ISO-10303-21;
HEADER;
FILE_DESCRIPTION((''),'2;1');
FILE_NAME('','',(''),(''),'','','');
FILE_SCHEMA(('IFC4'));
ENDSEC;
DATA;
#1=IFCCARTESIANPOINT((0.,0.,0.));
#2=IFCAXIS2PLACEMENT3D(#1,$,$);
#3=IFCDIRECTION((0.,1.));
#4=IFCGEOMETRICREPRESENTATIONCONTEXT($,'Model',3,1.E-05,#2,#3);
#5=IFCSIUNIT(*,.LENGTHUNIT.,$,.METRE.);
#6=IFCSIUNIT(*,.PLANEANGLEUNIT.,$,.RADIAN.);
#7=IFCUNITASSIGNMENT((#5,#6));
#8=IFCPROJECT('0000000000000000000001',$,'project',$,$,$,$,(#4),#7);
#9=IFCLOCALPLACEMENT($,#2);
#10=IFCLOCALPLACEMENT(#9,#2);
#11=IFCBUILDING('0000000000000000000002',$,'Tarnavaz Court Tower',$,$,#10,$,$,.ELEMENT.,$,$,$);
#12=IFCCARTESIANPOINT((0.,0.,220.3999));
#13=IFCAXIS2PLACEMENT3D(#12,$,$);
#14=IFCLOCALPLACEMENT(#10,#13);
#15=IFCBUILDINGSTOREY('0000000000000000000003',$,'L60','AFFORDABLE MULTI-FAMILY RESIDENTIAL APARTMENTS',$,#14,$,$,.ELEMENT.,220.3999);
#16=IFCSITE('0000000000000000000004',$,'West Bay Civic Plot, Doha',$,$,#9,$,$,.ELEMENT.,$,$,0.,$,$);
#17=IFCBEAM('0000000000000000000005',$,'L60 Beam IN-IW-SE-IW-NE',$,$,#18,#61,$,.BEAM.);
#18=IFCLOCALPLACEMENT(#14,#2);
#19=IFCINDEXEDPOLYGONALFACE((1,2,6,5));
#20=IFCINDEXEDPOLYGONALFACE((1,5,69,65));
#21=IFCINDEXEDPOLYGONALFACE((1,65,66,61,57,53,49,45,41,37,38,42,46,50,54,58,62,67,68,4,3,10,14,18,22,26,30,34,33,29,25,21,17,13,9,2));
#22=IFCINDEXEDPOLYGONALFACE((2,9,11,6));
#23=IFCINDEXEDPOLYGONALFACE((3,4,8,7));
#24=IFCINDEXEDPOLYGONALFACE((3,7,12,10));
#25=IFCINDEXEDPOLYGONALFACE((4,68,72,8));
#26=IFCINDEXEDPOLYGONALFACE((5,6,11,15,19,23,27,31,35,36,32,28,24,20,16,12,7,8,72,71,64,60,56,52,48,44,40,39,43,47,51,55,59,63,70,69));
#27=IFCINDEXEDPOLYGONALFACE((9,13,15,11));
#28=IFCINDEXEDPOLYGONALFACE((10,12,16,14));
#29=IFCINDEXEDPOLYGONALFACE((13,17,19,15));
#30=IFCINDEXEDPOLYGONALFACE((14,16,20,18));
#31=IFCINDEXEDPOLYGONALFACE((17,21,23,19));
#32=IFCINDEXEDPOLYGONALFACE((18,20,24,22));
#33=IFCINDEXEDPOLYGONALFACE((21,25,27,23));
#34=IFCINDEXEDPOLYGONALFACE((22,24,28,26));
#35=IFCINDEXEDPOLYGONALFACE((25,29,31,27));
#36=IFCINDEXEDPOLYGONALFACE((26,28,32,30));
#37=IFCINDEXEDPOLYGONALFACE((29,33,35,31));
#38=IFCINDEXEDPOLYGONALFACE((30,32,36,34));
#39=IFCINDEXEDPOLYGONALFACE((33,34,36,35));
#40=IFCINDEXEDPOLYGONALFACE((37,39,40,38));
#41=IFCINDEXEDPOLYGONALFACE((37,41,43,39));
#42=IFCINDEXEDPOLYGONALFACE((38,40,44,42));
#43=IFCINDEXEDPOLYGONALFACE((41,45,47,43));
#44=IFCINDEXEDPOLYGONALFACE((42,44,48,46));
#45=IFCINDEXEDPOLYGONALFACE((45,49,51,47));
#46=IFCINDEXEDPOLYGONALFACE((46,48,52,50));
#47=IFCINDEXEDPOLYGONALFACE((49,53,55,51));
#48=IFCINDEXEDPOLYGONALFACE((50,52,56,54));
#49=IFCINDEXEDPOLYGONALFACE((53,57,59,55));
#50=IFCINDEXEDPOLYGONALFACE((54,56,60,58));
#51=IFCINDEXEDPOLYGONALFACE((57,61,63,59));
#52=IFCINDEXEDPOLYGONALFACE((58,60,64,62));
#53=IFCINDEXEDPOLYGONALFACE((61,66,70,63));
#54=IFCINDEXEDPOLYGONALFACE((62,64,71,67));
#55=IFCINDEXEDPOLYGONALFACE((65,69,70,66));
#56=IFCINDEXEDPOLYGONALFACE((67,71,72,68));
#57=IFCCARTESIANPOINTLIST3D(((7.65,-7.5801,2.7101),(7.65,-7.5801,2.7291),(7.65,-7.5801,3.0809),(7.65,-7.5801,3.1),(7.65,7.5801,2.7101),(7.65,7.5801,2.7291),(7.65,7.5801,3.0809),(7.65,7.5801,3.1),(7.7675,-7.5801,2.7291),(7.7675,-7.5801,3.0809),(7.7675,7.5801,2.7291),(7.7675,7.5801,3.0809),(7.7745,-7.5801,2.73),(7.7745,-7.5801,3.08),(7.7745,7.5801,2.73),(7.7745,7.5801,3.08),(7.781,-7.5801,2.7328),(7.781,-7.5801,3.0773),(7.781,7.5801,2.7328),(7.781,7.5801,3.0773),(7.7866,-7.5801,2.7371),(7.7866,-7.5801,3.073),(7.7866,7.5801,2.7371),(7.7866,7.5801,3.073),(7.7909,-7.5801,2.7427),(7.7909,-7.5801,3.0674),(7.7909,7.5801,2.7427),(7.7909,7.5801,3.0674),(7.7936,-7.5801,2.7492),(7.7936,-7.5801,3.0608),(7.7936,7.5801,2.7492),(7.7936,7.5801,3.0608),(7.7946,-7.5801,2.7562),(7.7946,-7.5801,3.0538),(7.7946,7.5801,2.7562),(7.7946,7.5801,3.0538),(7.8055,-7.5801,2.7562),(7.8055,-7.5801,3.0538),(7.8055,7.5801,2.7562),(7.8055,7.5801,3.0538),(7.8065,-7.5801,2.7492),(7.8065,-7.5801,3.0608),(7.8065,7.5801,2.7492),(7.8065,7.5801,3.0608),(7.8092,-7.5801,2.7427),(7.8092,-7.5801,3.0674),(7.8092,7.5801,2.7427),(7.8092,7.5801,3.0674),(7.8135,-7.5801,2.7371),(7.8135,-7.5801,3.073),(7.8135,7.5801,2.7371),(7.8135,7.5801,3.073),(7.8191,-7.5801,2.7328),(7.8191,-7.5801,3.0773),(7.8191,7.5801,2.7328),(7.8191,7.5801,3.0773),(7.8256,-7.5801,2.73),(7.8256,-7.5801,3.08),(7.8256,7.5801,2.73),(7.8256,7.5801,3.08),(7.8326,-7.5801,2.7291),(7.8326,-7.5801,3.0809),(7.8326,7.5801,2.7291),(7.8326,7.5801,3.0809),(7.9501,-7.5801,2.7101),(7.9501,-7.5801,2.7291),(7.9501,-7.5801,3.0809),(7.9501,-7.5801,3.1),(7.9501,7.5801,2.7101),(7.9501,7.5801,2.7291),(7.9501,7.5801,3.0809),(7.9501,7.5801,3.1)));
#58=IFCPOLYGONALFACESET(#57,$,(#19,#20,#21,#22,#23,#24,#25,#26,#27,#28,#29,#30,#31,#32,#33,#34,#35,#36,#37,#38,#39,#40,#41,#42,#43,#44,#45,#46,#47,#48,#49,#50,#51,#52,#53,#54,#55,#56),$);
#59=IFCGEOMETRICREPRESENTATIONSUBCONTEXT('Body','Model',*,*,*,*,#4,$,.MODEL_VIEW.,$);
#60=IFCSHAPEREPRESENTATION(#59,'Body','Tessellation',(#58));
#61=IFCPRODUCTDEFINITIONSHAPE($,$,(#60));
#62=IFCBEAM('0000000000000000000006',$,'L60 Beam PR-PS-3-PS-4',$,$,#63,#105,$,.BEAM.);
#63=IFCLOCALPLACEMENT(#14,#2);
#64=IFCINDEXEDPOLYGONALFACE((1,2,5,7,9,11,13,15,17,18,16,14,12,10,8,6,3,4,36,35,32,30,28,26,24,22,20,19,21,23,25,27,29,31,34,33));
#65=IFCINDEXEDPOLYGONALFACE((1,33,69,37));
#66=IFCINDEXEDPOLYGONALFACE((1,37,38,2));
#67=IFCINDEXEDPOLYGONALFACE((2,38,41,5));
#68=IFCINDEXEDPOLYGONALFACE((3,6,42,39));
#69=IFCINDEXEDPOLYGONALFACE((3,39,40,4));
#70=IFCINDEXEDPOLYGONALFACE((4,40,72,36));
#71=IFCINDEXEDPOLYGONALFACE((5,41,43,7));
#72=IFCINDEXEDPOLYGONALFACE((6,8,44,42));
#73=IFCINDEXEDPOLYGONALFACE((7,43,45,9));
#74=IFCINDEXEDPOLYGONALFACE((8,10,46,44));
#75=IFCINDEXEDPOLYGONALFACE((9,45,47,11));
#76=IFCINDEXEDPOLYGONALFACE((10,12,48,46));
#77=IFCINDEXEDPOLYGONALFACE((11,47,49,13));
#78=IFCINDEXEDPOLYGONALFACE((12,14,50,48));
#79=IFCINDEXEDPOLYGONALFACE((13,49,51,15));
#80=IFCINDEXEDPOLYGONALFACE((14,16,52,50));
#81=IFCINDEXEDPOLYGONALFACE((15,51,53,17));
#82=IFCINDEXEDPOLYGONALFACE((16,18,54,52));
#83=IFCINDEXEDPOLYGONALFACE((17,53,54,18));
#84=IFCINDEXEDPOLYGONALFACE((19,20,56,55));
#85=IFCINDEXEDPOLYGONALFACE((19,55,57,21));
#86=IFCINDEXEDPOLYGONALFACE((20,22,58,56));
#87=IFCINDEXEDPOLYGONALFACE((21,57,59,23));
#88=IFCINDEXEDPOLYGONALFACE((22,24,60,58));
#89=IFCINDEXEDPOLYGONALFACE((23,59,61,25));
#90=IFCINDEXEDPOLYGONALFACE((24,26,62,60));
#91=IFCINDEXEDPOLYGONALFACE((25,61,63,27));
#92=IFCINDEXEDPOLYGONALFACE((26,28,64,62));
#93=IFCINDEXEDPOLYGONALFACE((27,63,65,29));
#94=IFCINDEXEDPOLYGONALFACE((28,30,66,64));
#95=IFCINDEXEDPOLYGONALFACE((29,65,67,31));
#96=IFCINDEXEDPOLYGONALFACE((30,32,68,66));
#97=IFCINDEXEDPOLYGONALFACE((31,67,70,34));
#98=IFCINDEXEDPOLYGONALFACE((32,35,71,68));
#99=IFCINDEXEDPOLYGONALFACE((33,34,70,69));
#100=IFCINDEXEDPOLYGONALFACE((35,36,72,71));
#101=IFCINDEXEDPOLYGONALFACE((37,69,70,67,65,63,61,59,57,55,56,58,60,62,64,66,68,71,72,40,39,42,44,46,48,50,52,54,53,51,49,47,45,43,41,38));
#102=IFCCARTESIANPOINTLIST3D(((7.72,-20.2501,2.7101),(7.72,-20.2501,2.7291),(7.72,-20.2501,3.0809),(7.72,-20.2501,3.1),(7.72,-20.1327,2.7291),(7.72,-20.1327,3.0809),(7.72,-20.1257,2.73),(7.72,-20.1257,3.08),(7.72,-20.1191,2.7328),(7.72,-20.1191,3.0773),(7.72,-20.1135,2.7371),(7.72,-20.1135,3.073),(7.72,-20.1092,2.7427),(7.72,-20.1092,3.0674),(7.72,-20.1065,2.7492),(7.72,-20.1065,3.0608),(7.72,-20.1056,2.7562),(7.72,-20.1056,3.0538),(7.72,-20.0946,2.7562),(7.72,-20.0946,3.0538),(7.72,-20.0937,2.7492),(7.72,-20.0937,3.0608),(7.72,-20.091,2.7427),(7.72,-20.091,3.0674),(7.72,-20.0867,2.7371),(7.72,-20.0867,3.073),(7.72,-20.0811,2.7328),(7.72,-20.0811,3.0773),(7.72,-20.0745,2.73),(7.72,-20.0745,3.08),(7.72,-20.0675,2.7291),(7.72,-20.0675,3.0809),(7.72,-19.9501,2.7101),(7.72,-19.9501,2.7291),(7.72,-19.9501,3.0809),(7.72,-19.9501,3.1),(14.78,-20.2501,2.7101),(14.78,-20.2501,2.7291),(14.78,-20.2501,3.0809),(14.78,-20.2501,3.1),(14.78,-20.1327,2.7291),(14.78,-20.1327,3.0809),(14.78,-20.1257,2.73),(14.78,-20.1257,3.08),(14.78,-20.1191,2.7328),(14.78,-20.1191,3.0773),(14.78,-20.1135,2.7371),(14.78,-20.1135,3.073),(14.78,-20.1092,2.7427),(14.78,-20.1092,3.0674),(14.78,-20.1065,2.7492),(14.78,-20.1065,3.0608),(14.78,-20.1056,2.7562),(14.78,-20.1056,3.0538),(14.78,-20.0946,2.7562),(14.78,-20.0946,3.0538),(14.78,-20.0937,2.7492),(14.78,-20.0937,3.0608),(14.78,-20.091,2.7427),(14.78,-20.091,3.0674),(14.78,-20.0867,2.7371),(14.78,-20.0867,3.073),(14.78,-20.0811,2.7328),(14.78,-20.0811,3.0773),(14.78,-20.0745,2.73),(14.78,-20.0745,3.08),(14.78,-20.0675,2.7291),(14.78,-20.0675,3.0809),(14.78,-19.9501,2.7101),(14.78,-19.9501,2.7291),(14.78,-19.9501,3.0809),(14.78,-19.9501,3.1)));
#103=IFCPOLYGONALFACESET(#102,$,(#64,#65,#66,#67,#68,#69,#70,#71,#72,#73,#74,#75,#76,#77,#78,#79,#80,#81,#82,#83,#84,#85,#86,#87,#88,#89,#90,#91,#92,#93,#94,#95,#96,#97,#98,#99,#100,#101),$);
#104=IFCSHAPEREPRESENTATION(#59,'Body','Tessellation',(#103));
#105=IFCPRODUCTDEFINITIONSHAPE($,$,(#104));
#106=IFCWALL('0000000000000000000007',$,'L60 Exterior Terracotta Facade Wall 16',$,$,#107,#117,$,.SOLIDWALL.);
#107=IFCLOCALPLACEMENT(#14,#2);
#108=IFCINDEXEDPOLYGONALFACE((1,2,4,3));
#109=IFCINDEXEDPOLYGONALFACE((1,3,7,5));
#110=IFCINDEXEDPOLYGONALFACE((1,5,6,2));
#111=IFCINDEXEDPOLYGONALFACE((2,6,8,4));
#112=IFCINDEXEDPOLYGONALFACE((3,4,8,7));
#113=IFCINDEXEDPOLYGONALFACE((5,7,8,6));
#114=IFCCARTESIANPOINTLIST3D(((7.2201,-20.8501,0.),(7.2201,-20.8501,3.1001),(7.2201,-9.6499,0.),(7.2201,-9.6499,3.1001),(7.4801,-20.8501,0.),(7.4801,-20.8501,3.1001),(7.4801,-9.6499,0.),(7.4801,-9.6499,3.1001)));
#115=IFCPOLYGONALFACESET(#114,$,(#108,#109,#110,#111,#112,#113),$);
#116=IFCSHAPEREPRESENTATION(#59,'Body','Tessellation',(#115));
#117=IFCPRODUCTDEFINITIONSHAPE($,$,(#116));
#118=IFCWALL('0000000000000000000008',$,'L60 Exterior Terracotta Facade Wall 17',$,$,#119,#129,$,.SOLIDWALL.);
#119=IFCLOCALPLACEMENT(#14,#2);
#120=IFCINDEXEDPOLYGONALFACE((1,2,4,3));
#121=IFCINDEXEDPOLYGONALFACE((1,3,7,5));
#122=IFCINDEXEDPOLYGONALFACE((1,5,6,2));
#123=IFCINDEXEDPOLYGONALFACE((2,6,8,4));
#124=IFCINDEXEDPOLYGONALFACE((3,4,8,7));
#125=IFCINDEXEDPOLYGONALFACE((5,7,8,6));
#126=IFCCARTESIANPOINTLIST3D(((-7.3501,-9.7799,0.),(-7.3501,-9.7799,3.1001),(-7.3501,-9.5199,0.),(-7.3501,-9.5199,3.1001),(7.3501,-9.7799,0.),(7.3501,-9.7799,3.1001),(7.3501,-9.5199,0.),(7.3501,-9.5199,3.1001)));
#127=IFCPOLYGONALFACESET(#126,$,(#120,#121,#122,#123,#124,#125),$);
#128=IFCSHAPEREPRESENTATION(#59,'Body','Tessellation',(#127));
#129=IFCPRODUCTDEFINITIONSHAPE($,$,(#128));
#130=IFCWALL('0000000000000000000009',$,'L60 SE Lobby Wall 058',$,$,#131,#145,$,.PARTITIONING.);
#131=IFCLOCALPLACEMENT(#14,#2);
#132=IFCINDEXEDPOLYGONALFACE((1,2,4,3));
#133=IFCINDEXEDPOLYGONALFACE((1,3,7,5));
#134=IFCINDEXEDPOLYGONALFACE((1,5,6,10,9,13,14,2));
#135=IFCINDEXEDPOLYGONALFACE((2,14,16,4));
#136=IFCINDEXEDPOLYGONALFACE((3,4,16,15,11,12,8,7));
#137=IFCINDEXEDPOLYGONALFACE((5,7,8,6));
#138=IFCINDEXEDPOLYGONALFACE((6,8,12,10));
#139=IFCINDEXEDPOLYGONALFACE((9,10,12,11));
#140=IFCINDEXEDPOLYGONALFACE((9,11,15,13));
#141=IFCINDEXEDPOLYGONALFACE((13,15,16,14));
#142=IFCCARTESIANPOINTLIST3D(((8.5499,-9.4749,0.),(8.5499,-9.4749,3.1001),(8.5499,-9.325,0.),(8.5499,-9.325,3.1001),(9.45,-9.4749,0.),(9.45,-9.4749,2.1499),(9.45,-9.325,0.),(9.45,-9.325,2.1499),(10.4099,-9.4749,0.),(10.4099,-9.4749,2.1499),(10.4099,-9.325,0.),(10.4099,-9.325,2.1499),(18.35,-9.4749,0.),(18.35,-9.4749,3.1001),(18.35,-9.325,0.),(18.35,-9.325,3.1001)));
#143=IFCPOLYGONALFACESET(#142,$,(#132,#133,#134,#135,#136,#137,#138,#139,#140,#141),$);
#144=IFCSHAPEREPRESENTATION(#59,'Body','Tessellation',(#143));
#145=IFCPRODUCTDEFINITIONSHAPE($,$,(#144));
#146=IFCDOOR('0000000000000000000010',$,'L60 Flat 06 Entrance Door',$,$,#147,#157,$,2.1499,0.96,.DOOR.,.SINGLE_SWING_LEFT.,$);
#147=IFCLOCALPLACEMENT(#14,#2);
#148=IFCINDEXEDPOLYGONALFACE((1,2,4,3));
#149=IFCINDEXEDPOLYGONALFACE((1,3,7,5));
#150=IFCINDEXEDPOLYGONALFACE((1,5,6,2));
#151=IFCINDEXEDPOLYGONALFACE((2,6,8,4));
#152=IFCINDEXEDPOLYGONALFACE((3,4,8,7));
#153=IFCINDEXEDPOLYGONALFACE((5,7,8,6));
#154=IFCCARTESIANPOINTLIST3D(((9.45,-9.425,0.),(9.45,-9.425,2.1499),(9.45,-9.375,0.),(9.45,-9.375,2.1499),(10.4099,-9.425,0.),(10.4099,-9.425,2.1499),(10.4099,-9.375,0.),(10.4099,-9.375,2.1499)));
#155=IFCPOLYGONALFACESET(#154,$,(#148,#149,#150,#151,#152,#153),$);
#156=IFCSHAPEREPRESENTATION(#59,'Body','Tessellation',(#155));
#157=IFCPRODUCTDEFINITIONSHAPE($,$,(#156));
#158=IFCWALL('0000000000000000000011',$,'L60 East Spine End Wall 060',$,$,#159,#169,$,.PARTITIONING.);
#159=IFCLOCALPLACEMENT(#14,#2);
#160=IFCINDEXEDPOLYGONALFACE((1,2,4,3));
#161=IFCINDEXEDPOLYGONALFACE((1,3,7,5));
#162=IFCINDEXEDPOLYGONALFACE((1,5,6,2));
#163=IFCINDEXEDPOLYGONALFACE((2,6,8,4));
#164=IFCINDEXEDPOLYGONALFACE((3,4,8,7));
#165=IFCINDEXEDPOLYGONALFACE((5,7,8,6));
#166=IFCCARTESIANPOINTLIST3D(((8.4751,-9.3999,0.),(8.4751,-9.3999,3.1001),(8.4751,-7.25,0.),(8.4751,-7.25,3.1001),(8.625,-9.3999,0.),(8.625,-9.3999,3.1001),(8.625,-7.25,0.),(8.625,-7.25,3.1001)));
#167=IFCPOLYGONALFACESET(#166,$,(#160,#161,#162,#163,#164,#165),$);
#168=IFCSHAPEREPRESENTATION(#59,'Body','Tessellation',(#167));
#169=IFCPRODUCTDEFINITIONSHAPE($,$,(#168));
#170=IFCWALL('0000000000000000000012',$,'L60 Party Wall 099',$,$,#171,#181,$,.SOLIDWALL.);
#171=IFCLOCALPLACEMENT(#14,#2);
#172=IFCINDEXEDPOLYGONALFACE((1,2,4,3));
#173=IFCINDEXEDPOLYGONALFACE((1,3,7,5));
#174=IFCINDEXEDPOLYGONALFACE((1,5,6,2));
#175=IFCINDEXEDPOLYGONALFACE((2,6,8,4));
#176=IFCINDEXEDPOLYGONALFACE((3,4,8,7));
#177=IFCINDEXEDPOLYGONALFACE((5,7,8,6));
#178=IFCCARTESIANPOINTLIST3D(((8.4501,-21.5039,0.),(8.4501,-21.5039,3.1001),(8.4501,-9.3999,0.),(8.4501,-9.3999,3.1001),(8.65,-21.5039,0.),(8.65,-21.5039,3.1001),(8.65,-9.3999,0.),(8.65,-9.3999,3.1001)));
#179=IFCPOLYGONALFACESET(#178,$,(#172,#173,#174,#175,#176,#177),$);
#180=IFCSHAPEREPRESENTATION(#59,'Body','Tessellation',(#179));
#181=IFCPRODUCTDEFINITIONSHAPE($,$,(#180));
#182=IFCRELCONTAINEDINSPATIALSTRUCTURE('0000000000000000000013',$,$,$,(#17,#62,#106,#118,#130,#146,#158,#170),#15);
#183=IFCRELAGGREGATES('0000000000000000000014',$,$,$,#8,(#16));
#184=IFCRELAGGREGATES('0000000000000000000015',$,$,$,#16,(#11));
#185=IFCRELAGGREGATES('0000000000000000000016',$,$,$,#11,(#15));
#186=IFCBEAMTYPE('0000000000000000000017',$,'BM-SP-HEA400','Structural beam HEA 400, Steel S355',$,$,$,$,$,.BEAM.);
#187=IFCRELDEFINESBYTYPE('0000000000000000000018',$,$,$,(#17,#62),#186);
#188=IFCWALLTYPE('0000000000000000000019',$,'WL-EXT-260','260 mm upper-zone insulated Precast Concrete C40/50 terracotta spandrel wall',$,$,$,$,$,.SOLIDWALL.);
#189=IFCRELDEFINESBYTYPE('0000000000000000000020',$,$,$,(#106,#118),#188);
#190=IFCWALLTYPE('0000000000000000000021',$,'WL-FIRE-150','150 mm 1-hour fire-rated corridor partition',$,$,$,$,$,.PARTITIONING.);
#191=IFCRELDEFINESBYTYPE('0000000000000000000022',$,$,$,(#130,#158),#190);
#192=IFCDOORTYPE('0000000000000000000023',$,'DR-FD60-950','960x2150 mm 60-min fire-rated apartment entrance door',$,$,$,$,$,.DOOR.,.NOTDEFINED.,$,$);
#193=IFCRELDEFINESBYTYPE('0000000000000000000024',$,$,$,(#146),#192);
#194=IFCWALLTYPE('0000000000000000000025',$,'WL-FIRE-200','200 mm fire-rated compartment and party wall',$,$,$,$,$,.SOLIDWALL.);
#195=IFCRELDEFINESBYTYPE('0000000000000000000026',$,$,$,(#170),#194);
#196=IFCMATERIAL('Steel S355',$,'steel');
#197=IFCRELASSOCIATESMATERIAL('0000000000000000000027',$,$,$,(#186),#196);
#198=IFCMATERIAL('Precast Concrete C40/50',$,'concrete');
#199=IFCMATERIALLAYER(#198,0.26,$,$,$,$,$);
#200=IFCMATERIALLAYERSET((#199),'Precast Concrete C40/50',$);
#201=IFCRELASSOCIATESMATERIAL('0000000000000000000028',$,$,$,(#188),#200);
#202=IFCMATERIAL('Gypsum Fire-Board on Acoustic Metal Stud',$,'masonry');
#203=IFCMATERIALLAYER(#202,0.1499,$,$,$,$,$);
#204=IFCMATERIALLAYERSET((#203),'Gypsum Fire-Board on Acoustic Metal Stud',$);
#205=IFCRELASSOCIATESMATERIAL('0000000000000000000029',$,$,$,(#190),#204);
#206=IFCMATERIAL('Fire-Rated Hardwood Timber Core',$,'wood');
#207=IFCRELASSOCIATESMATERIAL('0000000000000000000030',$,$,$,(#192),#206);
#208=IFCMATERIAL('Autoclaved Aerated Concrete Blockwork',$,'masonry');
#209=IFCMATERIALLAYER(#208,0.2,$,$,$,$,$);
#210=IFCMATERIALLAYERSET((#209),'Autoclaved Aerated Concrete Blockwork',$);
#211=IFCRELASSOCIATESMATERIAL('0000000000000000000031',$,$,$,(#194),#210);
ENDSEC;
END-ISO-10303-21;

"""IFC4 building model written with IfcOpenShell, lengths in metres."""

from ifc_helpers import new_model, si_unit, direction, frame, frame_2d, origin, origin_2d, place, context, subcontext, project, spatial, rectangle, i_section, extrude, material, layer, layer_set, material_profile, profile_set, type_object, element, fill, save


model = new_model("IFC4")

# Units and contexts
model_context = context("Model", 3, precision=1e-05, world=origin(), true_north=direction((0.0, 1.0)))
body_context = subcontext(model_context, "Body", "Model", "MODEL_VIEW")
ifc_project = project(units=[si_unit("LENGTHUNIT", "METRE"), si_unit("PLANEANGLEUNIT", "RADIAN")], contexts=[model_context])

# Site, building, storey
site_placement = place(None, origin())
site = spatial("IfcSite", under=ifc_project, at=site_placement, Name="West Bay Civic Plot, Doha", CompositionType="ELEMENT", RefElevation=0.0)
building_placement = place(site_placement, origin())
building = spatial("IfcBuilding", under=site, at=building_placement, Name="Tarnavaz Court Tower", CompositionType="ELEMENT")
storey_placement = place(building_placement, frame((0.0, 0.0, 220.3999)))
storey = spatial("IfcBuildingStorey", under=building, at=storey_placement, Name="L60", Description="AFFORDABLE MULTI-FAMILY RESIDENTIAL APARTMENTS", CompositionType="ELEMENT", Elevation=220.3999)

# Beams
ifc_material_1 = material(Name="Steel S355", Category="steel")
ifc_material_profile_1 = material_profile(ifc_material_1, i_section(OverallWidth=0.3, OverallDepth=0.3899, WebThickness=0.011, FlangeThickness=0.019, FilletRadius=0.0271, at=origin_2d()), Name="HEA 400")
ifc_profile_set_1 = profile_set([ifc_material_profile_1], Name="Steel S355")
beam_type_1 = type_object("IfcBeamType", Name="BM-SP-HEA400", Description="Structural beam HEA 400, Steel S355", PredefinedType="BEAM", material=ifc_profile_set_1)
beam_1_placement = place(storey_placement, frame((7.8, -7.5801, 2.905), z_axis=(0.0, 1.0, 0.0), x_axis=(-1.0, 0.0, 0.0)))
element("IfcBeam", 1, at=beam_1_placement, inside=storey, type_object=beam_type_1, Name="L60 Beam IN-IW-SE-IW-NE", PredefinedType="BEAM", context=body_context, shape_type="SweptSolid", body=[
    extrude(i_section(OverallWidth=0.3, OverallDepth=0.3899, WebThickness=0.011, FlangeThickness=0.019, FilletRadius=0.0271, at=origin_2d()), origin(), (0.0, 0.0, 1.0), 15.1602),
])
beam_2_placement = place(storey_placement, frame((7.72, -20.1001, 2.905), z_axis=(1.0, 0.0, 0.0), x_axis=(0.0, 1.0, 0.0)))
element("IfcBeam", 2, at=beam_2_placement, inside=storey, type_object=beam_type_1, Name="L60 Beam PR-PS-3-PS-4", PredefinedType="BEAM", context=body_context, shape_type="SweptSolid", body=[
    extrude(i_section(OverallWidth=0.3, OverallDepth=0.3899, WebThickness=0.011, FlangeThickness=0.019, FilletRadius=0.0271, at=origin_2d()), origin(), (0.0, 0.0, 1.0), 7.0601),
])

# Walls
ifc_material_2 = material(Name="Precast Concrete C40/50", Category="concrete")
ifc_layer_1 = layer(ifc_material_2, 0.26)
ifc_layer_set_1 = layer_set([ifc_layer_1], Name="Precast Concrete C40/50")
wall_type_1 = type_object("IfcWallType", Name="WL-EXT-260", Description="260 mm upper-zone insulated Precast Concrete C40/50 terracotta spandrel wall", PredefinedType="SOLIDWALL", material=ifc_layer_set_1)
wall_1_placement = place(storey_placement, frame((7.3501, -20.8501, 0.0), z_axis=(0.0, 0.0, 1.0), x_axis=(0.0, 1.0, 0.0)))
element("IfcWall", 3, at=wall_1_placement, inside=storey, type_object=wall_type_1, Name="L60 Exterior Terracotta Facade Wall 16", PredefinedType="SOLIDWALL", context=body_context, shape_type="SweptSolid", body=[
    extrude(rectangle(XDim=11.2002, YDim=0.26, at=frame_2d((5.6001, 0.0))), origin(), (0.0, 0.0, 1.0), 3.1001),
])
wall_2_placement = place(storey_placement, frame((7.3501, -9.6499, 0.0), z_axis=(0.0, 0.0, 1.0), x_axis=(-1.0, 0.0, 0.0)))
element("IfcWall", 4, at=wall_2_placement, inside=storey, type_object=wall_type_1, Name="L60 Exterior Terracotta Facade Wall 17", PredefinedType="SOLIDWALL", context=body_context, shape_type="SweptSolid", body=[
    extrude(rectangle(XDim=14.7002, YDim=0.26, at=frame_2d((7.3501, 0.0))), origin(), (0.0, 0.0, 1.0), 3.1001),
])

# Wall, opening, door
ifc_material_3 = material(Name="Gypsum Fire-Board on Acoustic Metal Stud", Category="masonry")
ifc_layer_2 = layer(ifc_material_3, 0.1499)
ifc_layer_set_2 = layer_set([ifc_layer_2], Name="Gypsum Fire-Board on Acoustic Metal Stud")
wall_type_2 = type_object("IfcWallType", Name="WL-FIRE-150", Description="150 mm 1-hour fire-rated corridor partition", PredefinedType="PARTITIONING", material=ifc_layer_set_2)
wall_3_placement = place(storey_placement, frame((8.55, -9.3999, 0.0), z_axis=(0.0, 0.0, 1.0), x_axis=(1.0, 0.0, 0.0)))
wall_3 = element("IfcWall", 5, at=wall_3_placement, inside=storey, type_object=wall_type_2, Name="L60 SE Lobby Wall 058", PredefinedType="PARTITIONING", context=body_context, shape_type="SweptSolid", body=[
    extrude(rectangle(XDim=9.8, YDim=0.1499, at=frame_2d((4.8999, 0.0))), origin(), (0.0, 0.0, 1.0), 3.1001),
])
opening_1_placement = place(wall_3_placement, frame((0.8999, 0.0, 0.0)))
opening_1 = element("IfcOpeningElement", 6, at=opening_1_placement, cuts=wall_3, PredefinedType="OPENING", context=body_context, shape_type="SweptSolid", body=[
    extrude(rectangle(XDim=0.96, YDim=2.1499, at=frame_2d((0.48, 1.075))), frame((0.0, 0.085, 0.0), z_axis=(0.0, -1.0, 0.0), x_axis=(1.0, 0.0, 0.0)), (0.0, 0.0, 1.0), 0.1699),
])
ifc_material_4 = material(Name="Fire-Rated Hardwood Timber Core", Category="wood")
door_type_1 = type_object("IfcDoorType", Name="DR-FD60-950", Description="960x2150 mm 60-min fire-rated apartment entrance door", OperationType="NOTDEFINED", PredefinedType="DOOR", material=ifc_material_4)
door_1_placement = place(opening_1_placement, origin())
door_1 = element("IfcDoor", 7, at=door_1_placement, inside=storey, type_object=door_type_1, Name="L60 Flat 06 Entrance Door", OperationType="SINGLE_SWING_LEFT", OverallHeight=2.1499, OverallWidth=0.96, PredefinedType="DOOR", context=body_context, shape_type="SweptSolid", body=[
    extrude(rectangle(XDim=0.96, YDim=2.1499, at=frame_2d((0.48, 1.075))), frame((0.0, 0.0249, 0.0), z_axis=(0.0, -1.0, 0.0), x_axis=(1.0, 0.0, 0.0)), (0.0, 0.0, 1.0), 0.05),
])
fill(opening_1, door_1)

# Walls
wall_4_placement = place(storey_placement, frame((8.55, -9.3999, 0.0), z_axis=(0.0, 0.0, 1.0), x_axis=(0.0, 1.0, 0.0)))
element("IfcWall", 8, at=wall_4_placement, inside=storey, type_object=wall_type_2, Name="L60 East Spine End Wall 060", PredefinedType="PARTITIONING", context=body_context, shape_type="SweptSolid", body=[
    extrude(rectangle(XDim=2.1499, YDim=0.1499, at=frame_2d((1.075, 0.0))), origin(), (0.0, 0.0, 1.0), 3.1001),
])
ifc_material_5 = material(Name="Autoclaved Aerated Concrete Blockwork", Category="masonry")
ifc_layer_3 = layer(ifc_material_5, 0.2)
ifc_layer_set_3 = layer_set([ifc_layer_3], Name="Autoclaved Aerated Concrete Blockwork")
wall_type_3 = type_object("IfcWallType", Name="WL-FIRE-200", Description="200 mm fire-rated compartment and party wall", PredefinedType="SOLIDWALL", material=ifc_layer_set_3)
wall_5_placement = place(storey_placement, frame((8.55, -21.5039, 0.0), z_axis=(0.0, 0.0, 1.0), x_axis=(0.0, 1.0, 0.0)))
element("IfcWall", 9, at=wall_5_placement, inside=storey, type_object=wall_type_3, Name="L60 Party Wall 099", PredefinedType="SOLIDWALL", context=body_context, shape_type="SweptSolid", body=[
    extrude(rectangle(XDim=12.104, YDim=0.2, at=frame_2d((6.052, 0.0))), origin(), (0.0, 0.0, 1.0), 3.1001),
])

save(model, "model.ifc")
